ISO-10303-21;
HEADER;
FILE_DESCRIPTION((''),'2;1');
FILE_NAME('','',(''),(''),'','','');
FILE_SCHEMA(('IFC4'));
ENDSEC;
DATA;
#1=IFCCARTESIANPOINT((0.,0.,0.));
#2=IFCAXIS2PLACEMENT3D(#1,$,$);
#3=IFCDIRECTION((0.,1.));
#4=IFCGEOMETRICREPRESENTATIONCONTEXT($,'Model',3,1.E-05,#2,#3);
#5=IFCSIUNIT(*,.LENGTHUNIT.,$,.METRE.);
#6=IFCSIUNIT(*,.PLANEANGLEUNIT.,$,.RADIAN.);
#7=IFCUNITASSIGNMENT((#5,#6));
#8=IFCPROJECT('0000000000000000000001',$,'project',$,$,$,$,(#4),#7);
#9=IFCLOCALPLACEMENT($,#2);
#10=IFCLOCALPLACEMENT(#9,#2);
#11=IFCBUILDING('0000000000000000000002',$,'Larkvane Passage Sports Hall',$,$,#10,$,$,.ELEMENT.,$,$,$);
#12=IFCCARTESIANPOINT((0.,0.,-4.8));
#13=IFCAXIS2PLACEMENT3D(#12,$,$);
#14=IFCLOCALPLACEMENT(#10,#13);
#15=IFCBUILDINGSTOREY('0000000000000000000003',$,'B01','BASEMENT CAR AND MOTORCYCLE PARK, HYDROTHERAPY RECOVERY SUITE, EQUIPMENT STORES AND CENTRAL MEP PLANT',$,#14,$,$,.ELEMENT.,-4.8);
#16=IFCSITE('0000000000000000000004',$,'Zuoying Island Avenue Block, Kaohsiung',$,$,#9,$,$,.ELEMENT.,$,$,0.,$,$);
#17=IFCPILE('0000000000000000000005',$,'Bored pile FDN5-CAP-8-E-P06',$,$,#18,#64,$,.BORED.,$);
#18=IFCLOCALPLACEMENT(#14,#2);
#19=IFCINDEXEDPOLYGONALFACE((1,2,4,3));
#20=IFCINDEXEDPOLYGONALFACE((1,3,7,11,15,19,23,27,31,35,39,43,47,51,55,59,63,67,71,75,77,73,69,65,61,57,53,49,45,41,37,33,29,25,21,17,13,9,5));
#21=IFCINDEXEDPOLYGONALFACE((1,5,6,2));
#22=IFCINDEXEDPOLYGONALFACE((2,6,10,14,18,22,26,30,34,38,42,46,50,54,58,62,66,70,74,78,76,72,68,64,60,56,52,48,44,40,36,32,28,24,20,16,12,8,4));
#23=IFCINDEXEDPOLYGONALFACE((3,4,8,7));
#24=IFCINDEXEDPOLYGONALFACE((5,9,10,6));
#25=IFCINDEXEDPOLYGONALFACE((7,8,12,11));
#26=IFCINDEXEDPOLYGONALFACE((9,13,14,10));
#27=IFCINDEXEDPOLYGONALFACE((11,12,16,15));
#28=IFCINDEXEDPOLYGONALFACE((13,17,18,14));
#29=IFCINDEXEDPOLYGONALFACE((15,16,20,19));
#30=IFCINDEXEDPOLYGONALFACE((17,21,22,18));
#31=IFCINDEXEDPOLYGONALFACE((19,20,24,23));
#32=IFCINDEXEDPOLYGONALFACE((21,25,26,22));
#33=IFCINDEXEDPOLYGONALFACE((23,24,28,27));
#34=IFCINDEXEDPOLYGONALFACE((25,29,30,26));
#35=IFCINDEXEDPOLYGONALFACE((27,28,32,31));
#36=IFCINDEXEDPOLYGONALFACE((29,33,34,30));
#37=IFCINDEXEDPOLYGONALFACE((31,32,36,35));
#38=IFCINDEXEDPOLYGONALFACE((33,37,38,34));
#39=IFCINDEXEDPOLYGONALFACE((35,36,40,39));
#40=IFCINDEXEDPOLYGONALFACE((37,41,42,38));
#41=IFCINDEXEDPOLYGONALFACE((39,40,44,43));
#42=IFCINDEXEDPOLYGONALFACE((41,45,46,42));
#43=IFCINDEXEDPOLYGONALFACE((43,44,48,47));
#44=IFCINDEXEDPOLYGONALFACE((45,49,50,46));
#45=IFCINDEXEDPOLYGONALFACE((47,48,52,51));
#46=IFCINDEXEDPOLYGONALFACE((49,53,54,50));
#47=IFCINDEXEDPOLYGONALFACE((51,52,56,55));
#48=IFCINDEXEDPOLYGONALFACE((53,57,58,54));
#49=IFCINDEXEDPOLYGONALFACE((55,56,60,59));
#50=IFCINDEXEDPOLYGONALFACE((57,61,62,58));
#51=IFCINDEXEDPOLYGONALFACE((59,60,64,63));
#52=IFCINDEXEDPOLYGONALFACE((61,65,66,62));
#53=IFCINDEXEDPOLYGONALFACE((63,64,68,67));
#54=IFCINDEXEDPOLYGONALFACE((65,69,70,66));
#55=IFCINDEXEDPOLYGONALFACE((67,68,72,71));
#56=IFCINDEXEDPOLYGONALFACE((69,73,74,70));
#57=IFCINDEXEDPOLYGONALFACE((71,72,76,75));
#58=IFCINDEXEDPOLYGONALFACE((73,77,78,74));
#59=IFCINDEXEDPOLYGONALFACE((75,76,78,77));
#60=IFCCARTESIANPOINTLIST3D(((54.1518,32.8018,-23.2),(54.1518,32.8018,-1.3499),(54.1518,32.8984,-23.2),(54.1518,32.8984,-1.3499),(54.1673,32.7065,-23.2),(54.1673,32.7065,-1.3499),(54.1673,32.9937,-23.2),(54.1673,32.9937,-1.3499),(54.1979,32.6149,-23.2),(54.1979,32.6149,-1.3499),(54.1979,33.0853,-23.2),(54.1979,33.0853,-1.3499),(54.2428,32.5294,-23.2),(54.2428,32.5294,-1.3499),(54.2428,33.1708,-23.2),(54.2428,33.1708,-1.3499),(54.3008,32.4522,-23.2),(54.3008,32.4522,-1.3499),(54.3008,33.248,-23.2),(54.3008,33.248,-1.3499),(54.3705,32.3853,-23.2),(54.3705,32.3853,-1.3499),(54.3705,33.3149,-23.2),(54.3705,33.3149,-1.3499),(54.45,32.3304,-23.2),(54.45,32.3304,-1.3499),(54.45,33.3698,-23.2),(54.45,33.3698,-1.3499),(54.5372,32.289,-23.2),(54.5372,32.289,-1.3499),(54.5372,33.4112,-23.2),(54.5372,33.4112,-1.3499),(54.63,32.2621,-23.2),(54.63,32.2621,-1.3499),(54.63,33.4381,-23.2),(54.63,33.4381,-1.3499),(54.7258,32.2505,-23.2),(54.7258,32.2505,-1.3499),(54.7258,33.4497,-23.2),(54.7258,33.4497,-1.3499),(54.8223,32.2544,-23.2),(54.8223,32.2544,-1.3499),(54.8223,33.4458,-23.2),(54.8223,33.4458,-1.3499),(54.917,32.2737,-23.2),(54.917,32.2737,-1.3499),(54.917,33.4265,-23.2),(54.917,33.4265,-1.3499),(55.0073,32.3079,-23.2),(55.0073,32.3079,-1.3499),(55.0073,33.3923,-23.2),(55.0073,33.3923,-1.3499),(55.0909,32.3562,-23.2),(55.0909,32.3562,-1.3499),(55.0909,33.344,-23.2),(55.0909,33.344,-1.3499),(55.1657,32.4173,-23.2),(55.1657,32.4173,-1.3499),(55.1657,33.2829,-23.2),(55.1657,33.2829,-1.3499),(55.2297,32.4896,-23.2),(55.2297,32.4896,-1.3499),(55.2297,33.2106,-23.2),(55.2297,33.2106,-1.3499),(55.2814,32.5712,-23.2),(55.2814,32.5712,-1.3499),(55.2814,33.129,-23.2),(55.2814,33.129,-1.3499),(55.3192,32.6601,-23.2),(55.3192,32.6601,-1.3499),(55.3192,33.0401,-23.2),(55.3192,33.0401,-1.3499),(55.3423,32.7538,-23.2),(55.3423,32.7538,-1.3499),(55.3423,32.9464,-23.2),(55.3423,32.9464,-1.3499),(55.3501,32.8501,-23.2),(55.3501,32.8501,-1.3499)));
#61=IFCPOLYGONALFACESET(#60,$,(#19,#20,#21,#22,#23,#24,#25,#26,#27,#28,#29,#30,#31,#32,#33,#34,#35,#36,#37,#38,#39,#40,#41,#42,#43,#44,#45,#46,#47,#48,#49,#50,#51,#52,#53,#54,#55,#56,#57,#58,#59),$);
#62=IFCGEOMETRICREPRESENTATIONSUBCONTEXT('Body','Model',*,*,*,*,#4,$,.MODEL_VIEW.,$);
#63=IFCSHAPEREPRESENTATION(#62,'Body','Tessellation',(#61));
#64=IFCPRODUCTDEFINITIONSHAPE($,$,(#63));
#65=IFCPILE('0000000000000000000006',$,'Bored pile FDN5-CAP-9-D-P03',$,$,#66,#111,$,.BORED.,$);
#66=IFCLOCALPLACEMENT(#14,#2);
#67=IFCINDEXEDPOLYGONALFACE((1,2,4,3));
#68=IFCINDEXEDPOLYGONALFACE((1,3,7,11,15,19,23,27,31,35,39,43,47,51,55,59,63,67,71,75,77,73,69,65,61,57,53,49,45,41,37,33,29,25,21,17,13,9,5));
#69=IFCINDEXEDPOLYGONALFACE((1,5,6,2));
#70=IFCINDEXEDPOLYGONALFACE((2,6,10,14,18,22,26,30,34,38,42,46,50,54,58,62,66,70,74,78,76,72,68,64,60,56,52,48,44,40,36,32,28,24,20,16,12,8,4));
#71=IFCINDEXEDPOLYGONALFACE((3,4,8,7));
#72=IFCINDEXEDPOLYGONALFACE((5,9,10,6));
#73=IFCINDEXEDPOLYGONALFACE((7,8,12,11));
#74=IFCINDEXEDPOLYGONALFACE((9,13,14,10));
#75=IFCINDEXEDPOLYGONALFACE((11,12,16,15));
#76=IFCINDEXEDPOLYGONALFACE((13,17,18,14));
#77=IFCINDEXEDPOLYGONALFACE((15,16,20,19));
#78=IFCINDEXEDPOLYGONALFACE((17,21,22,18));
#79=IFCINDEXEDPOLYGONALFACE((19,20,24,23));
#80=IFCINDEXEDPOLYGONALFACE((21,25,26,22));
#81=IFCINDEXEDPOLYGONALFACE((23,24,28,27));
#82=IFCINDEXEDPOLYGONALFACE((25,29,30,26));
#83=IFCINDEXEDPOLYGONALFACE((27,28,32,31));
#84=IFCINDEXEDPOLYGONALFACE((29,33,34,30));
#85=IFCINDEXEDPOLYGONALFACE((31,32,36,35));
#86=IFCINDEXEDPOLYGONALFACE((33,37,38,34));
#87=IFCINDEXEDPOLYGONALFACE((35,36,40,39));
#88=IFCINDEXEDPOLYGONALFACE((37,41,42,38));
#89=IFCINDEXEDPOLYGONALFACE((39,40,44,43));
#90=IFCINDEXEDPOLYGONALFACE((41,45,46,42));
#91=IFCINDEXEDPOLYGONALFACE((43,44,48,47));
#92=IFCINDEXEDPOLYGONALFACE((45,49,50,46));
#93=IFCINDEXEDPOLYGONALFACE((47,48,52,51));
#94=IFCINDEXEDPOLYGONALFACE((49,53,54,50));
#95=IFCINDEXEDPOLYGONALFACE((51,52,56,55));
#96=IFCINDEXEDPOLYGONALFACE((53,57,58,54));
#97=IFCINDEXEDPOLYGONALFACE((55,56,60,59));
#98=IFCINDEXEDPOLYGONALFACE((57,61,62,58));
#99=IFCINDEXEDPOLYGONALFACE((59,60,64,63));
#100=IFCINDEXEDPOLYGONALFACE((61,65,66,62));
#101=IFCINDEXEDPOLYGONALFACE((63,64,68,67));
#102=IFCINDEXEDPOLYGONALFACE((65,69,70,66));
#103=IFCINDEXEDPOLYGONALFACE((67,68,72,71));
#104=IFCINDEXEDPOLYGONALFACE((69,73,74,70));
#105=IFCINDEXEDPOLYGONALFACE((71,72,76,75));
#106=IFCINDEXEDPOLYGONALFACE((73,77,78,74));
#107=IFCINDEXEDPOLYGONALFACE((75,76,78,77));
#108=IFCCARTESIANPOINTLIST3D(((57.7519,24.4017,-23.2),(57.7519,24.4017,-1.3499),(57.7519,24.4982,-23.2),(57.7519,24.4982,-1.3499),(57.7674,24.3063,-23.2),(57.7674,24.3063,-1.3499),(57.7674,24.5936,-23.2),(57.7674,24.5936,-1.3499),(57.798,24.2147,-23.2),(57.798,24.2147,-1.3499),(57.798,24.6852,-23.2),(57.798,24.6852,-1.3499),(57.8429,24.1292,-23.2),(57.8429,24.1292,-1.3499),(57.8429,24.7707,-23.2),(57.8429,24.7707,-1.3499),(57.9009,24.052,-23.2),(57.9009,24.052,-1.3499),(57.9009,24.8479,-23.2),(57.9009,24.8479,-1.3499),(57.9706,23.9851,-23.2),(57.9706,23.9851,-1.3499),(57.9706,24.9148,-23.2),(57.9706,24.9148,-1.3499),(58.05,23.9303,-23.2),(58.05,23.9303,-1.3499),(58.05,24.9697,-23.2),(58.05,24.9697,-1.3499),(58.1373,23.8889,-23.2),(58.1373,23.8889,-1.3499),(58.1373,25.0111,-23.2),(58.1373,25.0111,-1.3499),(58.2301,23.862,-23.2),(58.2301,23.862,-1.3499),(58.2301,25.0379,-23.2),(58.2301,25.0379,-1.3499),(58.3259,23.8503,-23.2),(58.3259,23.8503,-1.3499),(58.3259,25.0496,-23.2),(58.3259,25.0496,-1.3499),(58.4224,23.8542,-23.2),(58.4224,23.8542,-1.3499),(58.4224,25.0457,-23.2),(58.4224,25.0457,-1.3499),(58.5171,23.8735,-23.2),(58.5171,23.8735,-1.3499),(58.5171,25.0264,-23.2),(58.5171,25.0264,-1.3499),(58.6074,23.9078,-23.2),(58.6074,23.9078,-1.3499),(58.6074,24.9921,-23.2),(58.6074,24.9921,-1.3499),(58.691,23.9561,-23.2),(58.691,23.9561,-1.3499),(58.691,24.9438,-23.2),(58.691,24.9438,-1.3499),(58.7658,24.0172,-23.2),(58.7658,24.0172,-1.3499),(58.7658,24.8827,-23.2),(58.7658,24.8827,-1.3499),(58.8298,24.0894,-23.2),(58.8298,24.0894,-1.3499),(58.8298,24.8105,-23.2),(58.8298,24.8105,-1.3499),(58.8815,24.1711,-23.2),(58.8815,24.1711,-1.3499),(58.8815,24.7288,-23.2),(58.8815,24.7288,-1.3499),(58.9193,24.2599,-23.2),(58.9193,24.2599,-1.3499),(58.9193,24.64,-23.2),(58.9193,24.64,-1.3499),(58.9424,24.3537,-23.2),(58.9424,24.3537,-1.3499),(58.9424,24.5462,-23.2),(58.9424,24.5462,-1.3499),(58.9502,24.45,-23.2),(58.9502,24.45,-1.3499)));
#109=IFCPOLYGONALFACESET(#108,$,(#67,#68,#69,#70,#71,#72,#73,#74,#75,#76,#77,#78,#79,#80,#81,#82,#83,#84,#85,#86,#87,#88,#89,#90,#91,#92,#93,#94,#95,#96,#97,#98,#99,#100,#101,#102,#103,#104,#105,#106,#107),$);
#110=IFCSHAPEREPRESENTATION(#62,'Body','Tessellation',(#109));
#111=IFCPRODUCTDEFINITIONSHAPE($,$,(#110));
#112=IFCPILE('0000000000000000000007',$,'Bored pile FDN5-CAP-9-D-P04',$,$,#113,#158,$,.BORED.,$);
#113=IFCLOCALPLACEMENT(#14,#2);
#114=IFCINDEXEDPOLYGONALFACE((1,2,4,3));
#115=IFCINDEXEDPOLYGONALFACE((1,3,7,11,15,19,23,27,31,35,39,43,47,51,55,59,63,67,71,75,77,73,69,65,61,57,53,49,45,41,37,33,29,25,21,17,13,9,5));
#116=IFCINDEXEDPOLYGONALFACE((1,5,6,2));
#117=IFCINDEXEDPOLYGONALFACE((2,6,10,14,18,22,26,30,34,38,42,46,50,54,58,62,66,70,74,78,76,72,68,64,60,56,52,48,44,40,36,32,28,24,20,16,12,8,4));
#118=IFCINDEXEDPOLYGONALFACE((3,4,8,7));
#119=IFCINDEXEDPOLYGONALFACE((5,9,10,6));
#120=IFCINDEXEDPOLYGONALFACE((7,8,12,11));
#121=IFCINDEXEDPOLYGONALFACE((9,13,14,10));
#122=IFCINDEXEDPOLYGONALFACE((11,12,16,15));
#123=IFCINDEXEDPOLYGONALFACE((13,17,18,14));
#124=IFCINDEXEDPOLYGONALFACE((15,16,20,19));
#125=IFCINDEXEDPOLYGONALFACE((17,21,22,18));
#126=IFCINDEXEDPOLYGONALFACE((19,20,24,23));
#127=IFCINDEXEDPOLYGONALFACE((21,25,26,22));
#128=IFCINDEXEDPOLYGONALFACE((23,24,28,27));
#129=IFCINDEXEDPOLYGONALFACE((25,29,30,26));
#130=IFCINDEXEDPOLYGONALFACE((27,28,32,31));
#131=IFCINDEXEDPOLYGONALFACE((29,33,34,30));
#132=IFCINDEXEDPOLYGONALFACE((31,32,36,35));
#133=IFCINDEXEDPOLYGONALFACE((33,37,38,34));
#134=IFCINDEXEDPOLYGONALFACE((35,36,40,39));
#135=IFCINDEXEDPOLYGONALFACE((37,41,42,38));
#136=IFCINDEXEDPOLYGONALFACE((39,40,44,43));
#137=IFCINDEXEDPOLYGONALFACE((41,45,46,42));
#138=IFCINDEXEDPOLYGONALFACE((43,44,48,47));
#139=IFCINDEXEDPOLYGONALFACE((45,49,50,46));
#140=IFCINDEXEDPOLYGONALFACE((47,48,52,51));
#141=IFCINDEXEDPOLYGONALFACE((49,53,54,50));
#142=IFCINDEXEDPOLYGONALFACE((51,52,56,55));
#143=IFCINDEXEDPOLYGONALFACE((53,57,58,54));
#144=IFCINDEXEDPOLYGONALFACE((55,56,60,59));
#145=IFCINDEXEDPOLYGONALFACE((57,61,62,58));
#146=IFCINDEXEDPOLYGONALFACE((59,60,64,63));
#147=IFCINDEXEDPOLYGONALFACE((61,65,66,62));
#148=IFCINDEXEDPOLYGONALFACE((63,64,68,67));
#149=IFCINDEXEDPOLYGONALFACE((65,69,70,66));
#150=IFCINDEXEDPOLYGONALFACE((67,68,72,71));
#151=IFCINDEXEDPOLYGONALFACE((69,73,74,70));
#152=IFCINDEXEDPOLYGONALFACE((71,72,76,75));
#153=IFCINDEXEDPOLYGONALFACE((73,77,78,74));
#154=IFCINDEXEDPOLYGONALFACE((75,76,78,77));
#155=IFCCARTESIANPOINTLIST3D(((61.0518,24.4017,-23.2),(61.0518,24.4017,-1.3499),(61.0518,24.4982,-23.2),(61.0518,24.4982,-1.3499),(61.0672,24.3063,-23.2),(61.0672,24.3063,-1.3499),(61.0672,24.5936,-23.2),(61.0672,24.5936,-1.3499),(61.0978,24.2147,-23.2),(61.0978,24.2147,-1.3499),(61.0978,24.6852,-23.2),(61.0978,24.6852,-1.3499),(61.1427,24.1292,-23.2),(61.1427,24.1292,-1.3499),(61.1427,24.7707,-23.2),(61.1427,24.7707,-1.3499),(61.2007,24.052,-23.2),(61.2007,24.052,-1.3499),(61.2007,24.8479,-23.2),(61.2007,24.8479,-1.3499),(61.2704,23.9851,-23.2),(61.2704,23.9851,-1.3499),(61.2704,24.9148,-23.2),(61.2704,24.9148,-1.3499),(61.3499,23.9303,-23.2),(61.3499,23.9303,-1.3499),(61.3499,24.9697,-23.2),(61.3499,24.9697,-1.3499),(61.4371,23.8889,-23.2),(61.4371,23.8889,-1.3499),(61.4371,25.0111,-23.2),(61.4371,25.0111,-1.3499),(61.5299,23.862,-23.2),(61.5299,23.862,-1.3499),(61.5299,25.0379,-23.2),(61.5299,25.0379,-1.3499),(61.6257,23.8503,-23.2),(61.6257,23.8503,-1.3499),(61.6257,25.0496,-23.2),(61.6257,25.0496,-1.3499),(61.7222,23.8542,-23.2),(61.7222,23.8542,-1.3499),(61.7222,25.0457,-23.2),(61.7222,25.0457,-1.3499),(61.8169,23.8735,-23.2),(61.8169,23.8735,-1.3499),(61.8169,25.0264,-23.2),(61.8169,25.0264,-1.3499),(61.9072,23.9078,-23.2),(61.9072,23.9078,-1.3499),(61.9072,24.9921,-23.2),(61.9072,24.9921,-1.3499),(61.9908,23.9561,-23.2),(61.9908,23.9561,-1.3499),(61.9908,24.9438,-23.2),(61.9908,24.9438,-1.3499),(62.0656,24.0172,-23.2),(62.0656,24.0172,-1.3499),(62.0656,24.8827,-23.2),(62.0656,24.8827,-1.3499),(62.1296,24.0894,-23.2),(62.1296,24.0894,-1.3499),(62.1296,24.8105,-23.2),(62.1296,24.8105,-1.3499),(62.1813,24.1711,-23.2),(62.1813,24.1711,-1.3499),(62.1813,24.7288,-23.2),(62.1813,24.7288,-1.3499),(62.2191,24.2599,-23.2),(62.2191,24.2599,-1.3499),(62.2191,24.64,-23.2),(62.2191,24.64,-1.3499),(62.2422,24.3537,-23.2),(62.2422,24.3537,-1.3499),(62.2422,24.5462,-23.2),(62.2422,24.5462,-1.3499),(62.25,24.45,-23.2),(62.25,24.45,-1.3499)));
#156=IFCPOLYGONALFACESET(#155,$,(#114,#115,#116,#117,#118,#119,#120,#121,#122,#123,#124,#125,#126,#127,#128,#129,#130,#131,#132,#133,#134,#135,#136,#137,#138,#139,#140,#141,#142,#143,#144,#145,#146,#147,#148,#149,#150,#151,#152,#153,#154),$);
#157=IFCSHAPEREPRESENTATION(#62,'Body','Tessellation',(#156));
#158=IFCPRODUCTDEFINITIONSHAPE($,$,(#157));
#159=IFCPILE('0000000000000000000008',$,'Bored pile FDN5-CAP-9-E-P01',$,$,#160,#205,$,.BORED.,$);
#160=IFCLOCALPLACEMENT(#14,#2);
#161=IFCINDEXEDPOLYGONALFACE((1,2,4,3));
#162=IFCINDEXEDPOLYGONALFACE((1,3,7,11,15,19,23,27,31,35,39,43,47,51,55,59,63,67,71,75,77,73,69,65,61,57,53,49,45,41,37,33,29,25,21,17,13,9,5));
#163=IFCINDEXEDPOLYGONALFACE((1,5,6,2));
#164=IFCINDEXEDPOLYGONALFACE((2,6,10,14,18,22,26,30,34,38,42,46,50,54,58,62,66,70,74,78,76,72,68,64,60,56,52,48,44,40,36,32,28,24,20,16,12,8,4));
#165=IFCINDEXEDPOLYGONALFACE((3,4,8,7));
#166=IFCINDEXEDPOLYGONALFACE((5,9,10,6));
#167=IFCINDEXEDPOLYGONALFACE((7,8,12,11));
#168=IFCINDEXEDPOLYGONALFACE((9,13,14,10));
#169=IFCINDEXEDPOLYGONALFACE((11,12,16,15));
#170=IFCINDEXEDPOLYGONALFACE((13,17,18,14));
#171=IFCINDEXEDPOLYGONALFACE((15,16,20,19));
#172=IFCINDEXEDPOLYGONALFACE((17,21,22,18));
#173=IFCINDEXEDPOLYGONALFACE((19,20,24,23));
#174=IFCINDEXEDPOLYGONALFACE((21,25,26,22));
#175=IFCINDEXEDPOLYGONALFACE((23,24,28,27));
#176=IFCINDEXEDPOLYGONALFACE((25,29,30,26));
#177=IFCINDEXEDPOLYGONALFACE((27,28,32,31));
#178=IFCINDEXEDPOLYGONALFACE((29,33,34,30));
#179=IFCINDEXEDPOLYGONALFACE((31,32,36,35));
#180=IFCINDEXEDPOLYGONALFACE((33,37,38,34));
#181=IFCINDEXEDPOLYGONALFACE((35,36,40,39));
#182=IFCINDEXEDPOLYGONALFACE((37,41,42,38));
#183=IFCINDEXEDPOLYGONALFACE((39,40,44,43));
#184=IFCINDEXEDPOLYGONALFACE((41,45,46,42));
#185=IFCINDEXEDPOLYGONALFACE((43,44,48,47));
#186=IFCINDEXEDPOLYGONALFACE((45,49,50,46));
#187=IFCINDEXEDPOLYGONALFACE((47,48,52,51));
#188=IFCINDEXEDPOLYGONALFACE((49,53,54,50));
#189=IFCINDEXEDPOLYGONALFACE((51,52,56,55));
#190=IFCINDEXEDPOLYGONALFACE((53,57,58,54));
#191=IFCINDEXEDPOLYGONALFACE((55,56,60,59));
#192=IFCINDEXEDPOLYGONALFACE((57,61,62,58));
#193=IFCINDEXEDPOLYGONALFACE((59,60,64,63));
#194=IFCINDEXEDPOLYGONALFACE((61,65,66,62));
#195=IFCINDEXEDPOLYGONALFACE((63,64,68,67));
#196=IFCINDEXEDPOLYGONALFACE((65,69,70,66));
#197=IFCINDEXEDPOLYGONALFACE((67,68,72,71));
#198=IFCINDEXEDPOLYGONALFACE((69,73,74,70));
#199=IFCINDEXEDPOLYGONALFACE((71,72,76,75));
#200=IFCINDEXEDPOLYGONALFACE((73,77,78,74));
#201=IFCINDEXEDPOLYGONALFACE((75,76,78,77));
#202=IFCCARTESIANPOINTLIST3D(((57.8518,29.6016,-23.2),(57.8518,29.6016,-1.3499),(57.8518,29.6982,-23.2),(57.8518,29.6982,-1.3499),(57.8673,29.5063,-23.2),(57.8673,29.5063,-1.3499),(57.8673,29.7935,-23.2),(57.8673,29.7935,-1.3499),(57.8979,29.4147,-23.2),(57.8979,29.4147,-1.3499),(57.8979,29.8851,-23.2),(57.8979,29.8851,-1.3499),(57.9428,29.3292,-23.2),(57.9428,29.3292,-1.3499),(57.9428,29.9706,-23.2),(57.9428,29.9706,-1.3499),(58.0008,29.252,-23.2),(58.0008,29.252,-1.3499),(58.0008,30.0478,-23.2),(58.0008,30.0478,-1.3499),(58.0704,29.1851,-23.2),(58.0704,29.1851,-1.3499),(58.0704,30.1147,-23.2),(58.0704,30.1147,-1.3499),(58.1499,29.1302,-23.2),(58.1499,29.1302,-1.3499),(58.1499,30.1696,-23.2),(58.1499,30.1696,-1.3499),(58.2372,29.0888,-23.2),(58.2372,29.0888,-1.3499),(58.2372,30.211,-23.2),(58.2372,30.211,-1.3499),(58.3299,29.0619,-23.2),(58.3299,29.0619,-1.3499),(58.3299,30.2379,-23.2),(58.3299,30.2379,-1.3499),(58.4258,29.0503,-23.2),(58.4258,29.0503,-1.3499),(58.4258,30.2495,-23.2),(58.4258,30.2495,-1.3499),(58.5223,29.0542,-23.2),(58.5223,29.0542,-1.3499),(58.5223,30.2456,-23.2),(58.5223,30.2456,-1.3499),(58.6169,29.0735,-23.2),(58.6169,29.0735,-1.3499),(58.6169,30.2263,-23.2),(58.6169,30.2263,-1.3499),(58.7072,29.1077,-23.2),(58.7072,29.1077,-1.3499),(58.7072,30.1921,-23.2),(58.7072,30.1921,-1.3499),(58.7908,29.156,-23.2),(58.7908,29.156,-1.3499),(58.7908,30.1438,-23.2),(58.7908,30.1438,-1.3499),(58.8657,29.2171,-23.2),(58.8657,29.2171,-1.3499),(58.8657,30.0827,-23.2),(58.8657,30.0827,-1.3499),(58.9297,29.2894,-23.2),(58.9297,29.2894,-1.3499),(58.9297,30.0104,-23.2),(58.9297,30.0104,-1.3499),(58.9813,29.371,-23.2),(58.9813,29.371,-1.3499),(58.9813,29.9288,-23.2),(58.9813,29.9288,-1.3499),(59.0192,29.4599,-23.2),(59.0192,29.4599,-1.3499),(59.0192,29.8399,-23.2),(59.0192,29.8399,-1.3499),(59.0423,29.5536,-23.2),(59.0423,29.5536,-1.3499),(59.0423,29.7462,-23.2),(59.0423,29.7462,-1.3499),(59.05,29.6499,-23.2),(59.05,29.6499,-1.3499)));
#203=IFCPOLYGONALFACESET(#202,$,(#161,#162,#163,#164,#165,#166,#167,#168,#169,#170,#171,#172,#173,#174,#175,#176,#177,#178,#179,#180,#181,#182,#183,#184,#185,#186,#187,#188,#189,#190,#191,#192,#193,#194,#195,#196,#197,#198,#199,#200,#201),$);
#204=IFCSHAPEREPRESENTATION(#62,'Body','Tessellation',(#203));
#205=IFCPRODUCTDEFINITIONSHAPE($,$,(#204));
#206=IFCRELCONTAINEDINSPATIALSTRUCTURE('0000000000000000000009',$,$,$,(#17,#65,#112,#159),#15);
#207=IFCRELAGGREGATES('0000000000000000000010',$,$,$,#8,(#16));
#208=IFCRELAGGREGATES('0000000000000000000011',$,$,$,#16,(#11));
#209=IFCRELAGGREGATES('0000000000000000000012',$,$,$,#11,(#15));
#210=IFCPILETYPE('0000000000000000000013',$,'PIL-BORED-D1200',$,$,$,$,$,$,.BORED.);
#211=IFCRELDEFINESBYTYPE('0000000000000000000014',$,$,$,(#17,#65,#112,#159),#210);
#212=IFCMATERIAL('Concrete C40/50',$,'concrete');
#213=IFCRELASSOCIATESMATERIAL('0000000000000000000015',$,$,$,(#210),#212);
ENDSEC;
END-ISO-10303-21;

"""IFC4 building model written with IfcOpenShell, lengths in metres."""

from ifc_helpers import new_model, si_unit, direction, frame, origin, origin_2d, place, context, subcontext, project, spatial, circle, extrude, material, material_profile, profile_set, type_object, element, save


model = new_model("IFC4")

# Units and contexts
model_context = context("Model", 3, precision=1e-05, world=origin(), true_north=direction((0.0, 1.0)))
body_context = subcontext(model_context, "Body", "Model", "MODEL_VIEW")
ifc_project = project(units=[si_unit("LENGTHUNIT", "METRE"), si_unit("PLANEANGLEUNIT", "RADIAN")], contexts=[model_context])

# Site, building, storey
site_placement = place(None, origin())
site = spatial("IfcSite", under=ifc_project, at=site_placement, Name="Zuoying Island Avenue Block, Kaohsiung", CompositionType="ELEMENT", RefElevation=0.0)
building_placement = place(site_placement, origin())
building = spatial("IfcBuilding", under=site, at=building_placement, Name="Larkvane Passage Sports Hall", CompositionType="ELEMENT")
storey_placement = place(building_placement, frame((0.0, 0.0, -4.8)))
storey = spatial("IfcBuildingStorey", under=building, at=storey_placement, Name="B01", Description="BASEMENT CAR AND MOTORCYCLE PARK, HYDROTHERAPY RECOVERY SUITE, EQUIPMENT STORES AND CENTRAL MEP PLANT", CompositionType="ELEMENT", Elevation=-4.8)

# Shared definitions
ifc_material_1 = material(Name="Concrete C40/50", Category="concrete")

# Piles
ifc_material_profile_1 = material_profile(ifc_material_1, circle(Radius=0.6001, at=origin_2d()), Name="PILE-D1200")
ifc_profile_set_1 = profile_set([ifc_material_profile_1], Name="Concrete C40/50")
pile_type = type_object("IfcPileType", Name="PIL-BORED-D1200", PredefinedType="BORED", material=ifc_profile_set_1)
for number, where, z_axis, x_axis, name in (
    (1, (54.75, 32.8501, -1.3499), (0.0, 0.0, -1.0), (1.0, 0.0, 0.0), "Bored pile FDN5-CAP-8-E-P06"),
    (2, (58.3501, 24.45, -1.3499), (0.0, 0.0, -1.0), (1.0, 0.0, 0.0), "Bored pile FDN5-CAP-9-D-P03"),
    (3, (61.6499, 24.45, -1.3499), (0.0, 0.0, -1.0), (1.0, 0.0, 0.0), "Bored pile FDN5-CAP-9-D-P04"),
    (4, (58.45, 29.6499, -1.3499), (0.0, 0.0, -1.0), (1.0, 0.0, 0.0), "Bored pile FDN5-CAP-9-E-P01"),
):
    element("IfcPile", number, at=place(storey_placement, frame(where, z_axis=z_axis, x_axis=x_axis)), inside=storey, type_object=pile_type, Name=name, PredefinedType="BORED", context=body_context, shape_type="SweptSolid", body=[
        extrude(circle(Radius=0.6001, at=origin_2d()), origin(), (0.0, 0.0, 1.0), 21.8501),
    ])

save(model, "model.ifc")
